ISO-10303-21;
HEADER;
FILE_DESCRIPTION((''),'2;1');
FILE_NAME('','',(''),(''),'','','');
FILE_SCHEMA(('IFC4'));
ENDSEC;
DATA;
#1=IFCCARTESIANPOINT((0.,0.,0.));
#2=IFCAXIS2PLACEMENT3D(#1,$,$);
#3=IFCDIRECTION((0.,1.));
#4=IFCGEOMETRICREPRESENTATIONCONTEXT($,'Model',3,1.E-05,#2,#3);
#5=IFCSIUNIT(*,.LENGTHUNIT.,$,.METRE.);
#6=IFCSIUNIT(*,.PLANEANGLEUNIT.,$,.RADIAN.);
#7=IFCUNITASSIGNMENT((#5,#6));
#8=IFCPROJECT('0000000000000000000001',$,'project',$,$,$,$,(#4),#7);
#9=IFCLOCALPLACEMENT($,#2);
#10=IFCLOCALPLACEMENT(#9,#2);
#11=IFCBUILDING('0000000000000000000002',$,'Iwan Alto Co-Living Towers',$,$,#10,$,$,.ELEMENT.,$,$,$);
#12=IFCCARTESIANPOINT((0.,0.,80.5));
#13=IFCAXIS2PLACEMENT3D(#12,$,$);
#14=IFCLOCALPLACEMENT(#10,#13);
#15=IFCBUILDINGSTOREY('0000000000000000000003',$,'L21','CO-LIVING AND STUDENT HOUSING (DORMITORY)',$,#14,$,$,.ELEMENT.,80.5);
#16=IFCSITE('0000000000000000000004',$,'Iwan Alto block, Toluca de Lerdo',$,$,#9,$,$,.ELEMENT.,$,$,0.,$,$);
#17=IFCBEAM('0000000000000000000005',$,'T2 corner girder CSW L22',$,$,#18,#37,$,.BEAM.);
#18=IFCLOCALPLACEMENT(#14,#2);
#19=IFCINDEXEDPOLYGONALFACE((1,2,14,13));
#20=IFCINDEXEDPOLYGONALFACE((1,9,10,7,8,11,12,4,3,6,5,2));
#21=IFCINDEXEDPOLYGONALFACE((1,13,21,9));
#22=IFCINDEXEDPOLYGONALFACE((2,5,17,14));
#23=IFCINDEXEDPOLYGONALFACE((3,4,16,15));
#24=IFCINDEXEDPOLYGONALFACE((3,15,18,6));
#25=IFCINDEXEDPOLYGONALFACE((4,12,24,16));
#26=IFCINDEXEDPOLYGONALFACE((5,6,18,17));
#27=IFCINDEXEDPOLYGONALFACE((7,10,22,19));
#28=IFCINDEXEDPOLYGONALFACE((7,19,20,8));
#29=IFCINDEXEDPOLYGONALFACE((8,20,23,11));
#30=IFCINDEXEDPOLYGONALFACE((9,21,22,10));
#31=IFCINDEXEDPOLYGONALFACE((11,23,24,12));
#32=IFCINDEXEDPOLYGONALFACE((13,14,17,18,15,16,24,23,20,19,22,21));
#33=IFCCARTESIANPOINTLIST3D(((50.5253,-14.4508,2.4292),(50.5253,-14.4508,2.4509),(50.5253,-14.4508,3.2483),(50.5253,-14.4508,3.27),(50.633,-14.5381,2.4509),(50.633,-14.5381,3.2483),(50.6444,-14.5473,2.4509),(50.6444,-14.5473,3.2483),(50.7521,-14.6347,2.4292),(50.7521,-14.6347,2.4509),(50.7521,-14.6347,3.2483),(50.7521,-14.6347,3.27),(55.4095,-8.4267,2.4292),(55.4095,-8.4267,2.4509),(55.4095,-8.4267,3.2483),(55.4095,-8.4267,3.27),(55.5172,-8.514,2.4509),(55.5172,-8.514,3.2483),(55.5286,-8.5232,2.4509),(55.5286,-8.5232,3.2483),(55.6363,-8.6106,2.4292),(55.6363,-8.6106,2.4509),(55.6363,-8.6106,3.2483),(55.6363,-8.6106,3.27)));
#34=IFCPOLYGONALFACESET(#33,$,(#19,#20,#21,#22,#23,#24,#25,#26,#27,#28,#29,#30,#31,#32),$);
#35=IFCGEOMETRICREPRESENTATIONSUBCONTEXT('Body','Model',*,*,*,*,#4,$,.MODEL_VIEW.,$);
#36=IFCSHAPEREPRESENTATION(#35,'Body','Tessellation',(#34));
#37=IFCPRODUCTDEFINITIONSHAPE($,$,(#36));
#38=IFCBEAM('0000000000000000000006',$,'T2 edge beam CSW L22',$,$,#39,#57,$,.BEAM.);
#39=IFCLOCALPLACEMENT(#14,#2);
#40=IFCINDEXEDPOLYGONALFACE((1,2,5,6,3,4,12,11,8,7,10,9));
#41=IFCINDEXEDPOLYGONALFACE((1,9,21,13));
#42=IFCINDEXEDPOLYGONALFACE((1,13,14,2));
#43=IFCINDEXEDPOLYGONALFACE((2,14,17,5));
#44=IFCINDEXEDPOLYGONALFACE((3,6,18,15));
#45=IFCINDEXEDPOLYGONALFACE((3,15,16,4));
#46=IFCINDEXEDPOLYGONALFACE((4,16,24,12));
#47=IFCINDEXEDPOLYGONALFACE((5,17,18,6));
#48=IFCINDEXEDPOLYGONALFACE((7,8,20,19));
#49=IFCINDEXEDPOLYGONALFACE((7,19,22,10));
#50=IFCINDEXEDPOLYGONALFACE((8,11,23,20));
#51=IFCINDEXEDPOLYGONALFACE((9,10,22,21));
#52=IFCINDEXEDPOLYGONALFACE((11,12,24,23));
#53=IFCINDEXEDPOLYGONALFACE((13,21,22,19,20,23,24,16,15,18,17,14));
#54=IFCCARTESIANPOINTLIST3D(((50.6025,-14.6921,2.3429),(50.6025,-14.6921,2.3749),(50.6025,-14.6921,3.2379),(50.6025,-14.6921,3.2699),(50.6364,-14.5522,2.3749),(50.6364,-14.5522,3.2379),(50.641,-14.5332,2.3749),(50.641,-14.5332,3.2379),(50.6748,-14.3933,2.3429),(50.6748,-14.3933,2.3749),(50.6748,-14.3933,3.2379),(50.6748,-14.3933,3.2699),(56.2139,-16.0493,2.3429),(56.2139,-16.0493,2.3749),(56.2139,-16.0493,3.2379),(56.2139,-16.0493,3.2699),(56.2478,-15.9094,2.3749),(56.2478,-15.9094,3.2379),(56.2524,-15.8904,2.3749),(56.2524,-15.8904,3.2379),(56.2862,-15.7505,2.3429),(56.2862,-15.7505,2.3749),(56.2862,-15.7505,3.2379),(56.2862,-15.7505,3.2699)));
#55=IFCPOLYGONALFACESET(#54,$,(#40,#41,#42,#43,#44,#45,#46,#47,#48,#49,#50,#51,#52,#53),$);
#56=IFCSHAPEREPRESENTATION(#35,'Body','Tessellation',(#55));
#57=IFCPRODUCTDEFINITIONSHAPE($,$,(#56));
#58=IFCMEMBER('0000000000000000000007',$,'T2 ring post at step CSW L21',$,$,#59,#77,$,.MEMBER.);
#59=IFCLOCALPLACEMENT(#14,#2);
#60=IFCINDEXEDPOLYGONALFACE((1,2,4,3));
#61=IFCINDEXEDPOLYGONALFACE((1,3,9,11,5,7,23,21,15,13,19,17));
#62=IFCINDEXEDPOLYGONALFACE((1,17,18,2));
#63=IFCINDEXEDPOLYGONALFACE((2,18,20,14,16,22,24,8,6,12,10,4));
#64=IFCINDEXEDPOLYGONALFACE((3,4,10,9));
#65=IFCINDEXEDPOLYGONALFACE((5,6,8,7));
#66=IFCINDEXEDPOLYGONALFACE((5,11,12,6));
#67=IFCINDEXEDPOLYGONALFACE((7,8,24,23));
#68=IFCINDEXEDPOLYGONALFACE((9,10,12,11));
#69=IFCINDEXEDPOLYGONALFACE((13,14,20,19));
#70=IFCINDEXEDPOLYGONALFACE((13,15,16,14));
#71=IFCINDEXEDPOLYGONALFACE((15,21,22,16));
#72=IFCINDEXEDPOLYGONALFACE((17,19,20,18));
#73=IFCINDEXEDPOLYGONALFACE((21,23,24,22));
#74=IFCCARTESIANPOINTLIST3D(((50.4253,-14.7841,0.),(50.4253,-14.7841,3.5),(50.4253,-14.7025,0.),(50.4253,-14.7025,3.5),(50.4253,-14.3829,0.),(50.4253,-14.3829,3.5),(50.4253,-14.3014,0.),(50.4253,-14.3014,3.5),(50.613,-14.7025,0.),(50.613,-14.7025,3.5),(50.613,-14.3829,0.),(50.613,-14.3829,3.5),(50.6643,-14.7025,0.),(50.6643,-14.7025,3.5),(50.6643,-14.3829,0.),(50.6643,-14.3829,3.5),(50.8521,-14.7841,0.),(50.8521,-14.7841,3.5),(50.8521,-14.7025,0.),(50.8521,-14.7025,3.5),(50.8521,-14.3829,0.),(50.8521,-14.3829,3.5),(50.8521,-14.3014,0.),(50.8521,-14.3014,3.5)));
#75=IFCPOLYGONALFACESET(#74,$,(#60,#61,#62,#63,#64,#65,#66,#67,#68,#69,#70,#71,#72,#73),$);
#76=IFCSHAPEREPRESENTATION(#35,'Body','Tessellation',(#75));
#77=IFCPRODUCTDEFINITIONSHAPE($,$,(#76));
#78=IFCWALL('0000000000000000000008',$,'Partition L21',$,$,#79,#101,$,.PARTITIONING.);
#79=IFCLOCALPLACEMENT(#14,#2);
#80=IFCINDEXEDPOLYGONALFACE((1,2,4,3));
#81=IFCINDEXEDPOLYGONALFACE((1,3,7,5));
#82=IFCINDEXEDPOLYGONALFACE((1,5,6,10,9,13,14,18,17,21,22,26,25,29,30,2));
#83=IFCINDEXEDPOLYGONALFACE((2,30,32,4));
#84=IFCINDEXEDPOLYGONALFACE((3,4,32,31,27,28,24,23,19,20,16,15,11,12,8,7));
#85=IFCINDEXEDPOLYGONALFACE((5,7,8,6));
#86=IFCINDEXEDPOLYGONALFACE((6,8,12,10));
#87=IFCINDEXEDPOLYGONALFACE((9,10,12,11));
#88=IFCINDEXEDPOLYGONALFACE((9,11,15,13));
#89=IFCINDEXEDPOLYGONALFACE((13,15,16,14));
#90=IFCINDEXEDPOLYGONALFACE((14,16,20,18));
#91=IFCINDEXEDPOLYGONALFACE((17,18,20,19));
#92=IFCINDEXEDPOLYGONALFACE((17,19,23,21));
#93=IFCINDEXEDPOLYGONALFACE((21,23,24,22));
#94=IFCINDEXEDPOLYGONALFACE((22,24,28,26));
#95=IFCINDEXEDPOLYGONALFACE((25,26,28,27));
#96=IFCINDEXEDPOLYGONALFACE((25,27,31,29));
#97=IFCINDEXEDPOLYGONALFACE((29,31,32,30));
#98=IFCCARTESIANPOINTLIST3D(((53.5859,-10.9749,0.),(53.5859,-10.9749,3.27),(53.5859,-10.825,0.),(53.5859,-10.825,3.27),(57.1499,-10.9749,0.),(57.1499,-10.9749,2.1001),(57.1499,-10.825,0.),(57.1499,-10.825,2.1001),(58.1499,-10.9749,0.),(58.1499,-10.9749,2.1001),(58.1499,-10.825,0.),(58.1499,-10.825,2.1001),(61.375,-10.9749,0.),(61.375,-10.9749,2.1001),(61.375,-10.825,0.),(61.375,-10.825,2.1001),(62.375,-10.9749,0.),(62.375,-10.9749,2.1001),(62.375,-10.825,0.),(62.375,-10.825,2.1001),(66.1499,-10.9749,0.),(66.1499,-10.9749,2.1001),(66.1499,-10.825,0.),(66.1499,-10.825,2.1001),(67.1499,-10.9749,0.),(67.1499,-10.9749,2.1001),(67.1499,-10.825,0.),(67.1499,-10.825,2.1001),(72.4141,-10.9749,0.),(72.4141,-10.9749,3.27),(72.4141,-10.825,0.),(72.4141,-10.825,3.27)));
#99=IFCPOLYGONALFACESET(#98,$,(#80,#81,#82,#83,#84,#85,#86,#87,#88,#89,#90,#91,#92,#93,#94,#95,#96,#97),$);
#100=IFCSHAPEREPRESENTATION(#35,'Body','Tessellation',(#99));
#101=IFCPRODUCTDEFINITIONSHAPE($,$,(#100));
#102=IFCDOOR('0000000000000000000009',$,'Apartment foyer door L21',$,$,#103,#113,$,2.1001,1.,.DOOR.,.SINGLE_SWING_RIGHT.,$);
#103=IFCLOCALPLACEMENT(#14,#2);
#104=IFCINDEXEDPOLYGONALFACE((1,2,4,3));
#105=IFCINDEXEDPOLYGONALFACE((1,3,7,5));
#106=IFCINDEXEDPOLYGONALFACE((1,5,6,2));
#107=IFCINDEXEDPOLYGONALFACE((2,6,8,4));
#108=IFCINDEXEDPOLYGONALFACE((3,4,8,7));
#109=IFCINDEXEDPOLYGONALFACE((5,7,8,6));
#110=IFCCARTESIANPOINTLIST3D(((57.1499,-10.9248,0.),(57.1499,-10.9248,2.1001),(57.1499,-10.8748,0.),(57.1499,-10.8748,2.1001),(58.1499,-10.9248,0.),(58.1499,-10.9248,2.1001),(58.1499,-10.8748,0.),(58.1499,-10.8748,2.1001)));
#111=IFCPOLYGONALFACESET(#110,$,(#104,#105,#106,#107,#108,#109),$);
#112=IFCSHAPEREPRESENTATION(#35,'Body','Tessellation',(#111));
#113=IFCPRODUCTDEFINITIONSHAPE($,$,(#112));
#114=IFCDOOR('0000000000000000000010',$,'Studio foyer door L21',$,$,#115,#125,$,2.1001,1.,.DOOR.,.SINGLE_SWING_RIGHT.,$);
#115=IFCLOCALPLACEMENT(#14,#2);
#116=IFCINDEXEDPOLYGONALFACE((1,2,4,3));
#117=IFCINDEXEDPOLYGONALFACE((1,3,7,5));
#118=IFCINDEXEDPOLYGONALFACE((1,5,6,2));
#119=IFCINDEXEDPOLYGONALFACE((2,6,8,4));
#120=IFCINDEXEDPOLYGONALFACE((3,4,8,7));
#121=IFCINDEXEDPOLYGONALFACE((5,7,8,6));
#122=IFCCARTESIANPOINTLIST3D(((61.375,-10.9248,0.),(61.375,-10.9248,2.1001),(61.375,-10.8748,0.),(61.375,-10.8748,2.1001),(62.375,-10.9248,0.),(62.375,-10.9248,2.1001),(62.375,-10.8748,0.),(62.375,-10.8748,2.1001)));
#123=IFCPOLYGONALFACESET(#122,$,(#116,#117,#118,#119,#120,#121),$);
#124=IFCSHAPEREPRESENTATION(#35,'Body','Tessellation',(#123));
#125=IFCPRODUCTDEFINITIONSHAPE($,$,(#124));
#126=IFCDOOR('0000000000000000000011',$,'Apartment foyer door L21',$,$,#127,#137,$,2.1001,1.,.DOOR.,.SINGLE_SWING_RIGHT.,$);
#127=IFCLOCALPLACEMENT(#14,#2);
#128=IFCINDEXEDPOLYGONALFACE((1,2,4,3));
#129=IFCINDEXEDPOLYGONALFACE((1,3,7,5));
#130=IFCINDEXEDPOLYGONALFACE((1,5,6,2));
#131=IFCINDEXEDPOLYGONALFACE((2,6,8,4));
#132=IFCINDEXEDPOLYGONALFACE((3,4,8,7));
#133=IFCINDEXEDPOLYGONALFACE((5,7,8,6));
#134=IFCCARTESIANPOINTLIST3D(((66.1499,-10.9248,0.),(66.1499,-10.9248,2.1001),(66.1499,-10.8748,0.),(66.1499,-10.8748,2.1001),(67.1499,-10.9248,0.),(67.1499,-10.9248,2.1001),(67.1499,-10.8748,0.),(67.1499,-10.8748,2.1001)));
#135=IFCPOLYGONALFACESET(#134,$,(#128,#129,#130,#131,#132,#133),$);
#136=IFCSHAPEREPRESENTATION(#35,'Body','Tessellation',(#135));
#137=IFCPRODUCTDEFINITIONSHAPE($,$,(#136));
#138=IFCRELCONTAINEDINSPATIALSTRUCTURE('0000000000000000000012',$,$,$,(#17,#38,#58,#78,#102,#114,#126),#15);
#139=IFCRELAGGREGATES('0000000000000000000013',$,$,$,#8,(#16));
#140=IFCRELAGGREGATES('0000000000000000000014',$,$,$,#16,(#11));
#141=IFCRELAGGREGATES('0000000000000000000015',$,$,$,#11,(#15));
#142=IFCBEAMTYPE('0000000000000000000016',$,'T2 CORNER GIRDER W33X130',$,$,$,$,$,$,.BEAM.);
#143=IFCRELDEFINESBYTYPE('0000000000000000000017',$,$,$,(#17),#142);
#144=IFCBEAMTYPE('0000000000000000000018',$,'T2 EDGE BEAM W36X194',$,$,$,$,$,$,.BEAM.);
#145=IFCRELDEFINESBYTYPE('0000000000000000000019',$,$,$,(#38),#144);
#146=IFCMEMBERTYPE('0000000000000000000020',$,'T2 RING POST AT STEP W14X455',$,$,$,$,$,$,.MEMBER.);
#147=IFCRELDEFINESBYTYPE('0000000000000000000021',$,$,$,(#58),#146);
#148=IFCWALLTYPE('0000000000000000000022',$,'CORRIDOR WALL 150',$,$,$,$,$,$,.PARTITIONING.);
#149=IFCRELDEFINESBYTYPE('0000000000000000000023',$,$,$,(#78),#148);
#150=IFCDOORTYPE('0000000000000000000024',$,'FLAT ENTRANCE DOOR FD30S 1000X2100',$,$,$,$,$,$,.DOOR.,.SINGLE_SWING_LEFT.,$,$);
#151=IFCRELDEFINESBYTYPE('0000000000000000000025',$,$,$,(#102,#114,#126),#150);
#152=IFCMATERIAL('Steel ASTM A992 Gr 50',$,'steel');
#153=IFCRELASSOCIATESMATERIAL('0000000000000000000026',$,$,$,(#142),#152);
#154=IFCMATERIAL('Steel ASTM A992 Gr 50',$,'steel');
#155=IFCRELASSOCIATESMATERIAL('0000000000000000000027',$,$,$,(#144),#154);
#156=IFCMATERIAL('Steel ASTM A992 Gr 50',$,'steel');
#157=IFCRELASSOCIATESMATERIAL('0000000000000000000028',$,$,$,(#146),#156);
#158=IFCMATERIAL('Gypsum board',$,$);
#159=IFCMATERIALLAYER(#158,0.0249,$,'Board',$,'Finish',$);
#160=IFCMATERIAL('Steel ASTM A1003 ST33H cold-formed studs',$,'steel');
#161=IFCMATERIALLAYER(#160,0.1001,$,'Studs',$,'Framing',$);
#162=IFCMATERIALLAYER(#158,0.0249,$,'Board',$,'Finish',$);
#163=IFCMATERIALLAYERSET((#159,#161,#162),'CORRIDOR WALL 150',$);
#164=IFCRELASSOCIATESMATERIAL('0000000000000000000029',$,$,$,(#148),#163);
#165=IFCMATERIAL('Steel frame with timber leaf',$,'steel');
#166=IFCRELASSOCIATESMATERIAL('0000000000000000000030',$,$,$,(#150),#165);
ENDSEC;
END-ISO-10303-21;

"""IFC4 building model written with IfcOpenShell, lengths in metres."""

from ifc_helpers import new_model, si_unit, direction, frame, frame_2d, origin, origin_2d, place, context, subcontext, project, spatial, rectangle, i_section, extrude, material, layer, layer_set, material_profile, profile_set, type_object, element, fill, save


model = new_model("IFC4")

# Units and contexts
model_context = context("Model", 3, precision=1e-05, world=origin(), true_north=direction((0.0, 1.0)))
body_context = subcontext(model_context, "Body", "Model", "MODEL_VIEW")
ifc_project = project(units=[si_unit("LENGTHUNIT", "METRE"), si_unit("PLANEANGLEUNIT", "RADIAN")], contexts=[model_context])

# Site, building, storey
site_placement = place(None, origin())
site = spatial("IfcSite", under=ifc_project, at=site_placement, Name="Iwan Alto block, Toluca de Lerdo", CompositionType="ELEMENT", RefElevation=0.0)
building_placement = place(site_placement, origin())
building = spatial("IfcBuilding", under=site, at=building_placement, Name="Iwan Alto Co-Living Towers", CompositionType="ELEMENT")
storey_placement = place(building_placement, frame((0.0, 0.0, 80.5)))
storey = spatial("IfcBuildingStorey", under=building, at=storey_placement, Name="L21", Description="CO-LIVING AND STUDENT HOUSING (DORMITORY)", CompositionType="ELEMENT", Elevation=80.5)

# Beams
ifc_material_1 = material(Name="Steel ASTM A992 Gr 50", Category="steel")
ifc_material_profile_1 = material_profile(ifc_material_1, i_section(OverallWidth=0.292, OverallDepth=0.8408, WebThickness=0.0146, FlangeThickness=0.0217, at=origin_2d()), Name="W33X130")
ifc_profile_set_1 = profile_set([ifc_material_profile_1], Name="Steel ASTM A992 Gr 50")
beam_type_1 = type_object("IfcBeamType", Name="T2 CORNER GIRDER W33X130", PredefinedType="BEAM", material=ifc_profile_set_1)
beam_1_placement = place(storey_placement, frame((50.6387, -14.5427, 2.8496), z_axis=(0.629788, 0.776767, 0.0), x_axis=(-0.776767, 0.629788, 0.0)))
element("IfcBeam", 1, at=beam_1_placement, inside=storey, type_object=beam_type_1, Name="T2 corner girder CSW L22", PredefinedType="BEAM", context=body_context, shape_type="SweptSolid", body=[
    extrude(i_section(OverallWidth=0.292, OverallDepth=0.8408, WebThickness=0.0146, FlangeThickness=0.0217, at=origin_2d()), origin(), (0.0, 0.0, 1.0), 7.7554),
])
ifc_material_2 = material(Name="Steel ASTM A992 Gr 50", Category="steel")
ifc_material_profile_2 = material_profile(ifc_material_2, i_section(OverallWidth=0.3074, OverallDepth=0.927, WebThickness=0.0195, FlangeThickness=0.032, at=origin_2d()), Name="W36X194")
ifc_profile_set_2 = profile_set([ifc_material_profile_2], Name="Steel ASTM A992 Gr 50")
beam_type_2 = type_object("IfcBeamType", Name="T2 EDGE BEAM W36X194", PredefinedType="BEAM", material=ifc_profile_set_2)
beam_2_placement = place(storey_placement, frame((50.6387, -14.5427, 2.8064), z_axis=(0.971975, -0.235086, 0.0), x_axis=(0.235086, 0.971975, 0.0)))
element("IfcBeam", 2, at=beam_2_placement, inside=storey, type_object=beam_type_2, Name="T2 edge beam CSW L22", PredefinedType="BEAM", context=body_context, shape_type="SweptSolid", body=[
    extrude(i_section(OverallWidth=0.3074, OverallDepth=0.927, WebThickness=0.0195, FlangeThickness=0.032, at=origin_2d()), origin(), (0.0, 0.0, 1.0), 5.7732),
])

# Member
ifc_material_3 = material(Name="Steel ASTM A992 Gr 50", Category="steel")
ifc_material_profile_3 = material_profile(ifc_material_3, i_section(OverallWidth=0.4268, OverallDepth=0.4827, WebThickness=0.0513, FlangeThickness=0.0815, at=origin_2d()), Name="W14X455")
ifc_profile_set_3 = profile_set([ifc_material_profile_3], Name="Steel ASTM A992 Gr 50")
member_type = type_object("IfcMemberType", Name="T2 RING POST AT STEP W14X455", PredefinedType="MEMBER", material=ifc_profile_set_3)
member_placement = place(storey_placement, frame((50.6387, -14.5427, 0.0), z_axis=(0.0, 0.0, 1.0), x_axis=(1.0, 0.0, 0.0)))
element("IfcMember", 3, at=member_placement, inside=storey, type_object=member_type, Name="T2 ring post at step CSW L21", PredefinedType="MEMBER", context=body_context, shape_type="SweptSolid", body=[
    extrude(i_section(OverallWidth=0.4268, OverallDepth=0.4827, WebThickness=0.0513, FlangeThickness=0.0815, at=origin_2d()), origin(), (0.0, 0.0, 1.0), 3.5),
])

# Wall, openings, doors
ifc_material_4 = material(Name="Gypsum board")
ifc_layer_1 = layer(ifc_material_4, 0.0249, Name="Board", Category="Finish")
ifc_material_5 = material(Name="Steel ASTM A1003 ST33H cold-formed studs", Category="steel")
ifc_layer_2 = layer(ifc_material_5, 0.1001, Name="Studs", Category="Framing")
ifc_layer_3 = layer(ifc_material_4, 0.0249, Name="Board", Category="Finish")
ifc_layer_set_1 = layer_set([ifc_layer_1, ifc_layer_2, ifc_layer_3], Name="CORRIDOR WALL 150")
wall_type_1 = type_object("IfcWallType", Name="CORRIDOR WALL 150", PredefinedType="PARTITIONING", material=ifc_layer_set_1)
wall_1_placement = place(storey_placement, frame((53.5859, -10.8999, 0.0), z_axis=(0.0, 0.0, 1.0), x_axis=(1.0, 0.0, 0.0)))
wall_1 = element("IfcWall", 4, at=wall_1_placement, inside=storey, type_object=wall_type_1, Name="Partition L21", PredefinedType="PARTITIONING", context=body_context, shape_type="SweptSolid", body=[
    extrude(rectangle(XDim=18.8281, YDim=0.1499, at=frame_2d((9.4141, 0.0))), origin(), (0.0, 0.0, 1.0), 3.27),
])
opening_1_placement = place(wall_1_placement, frame((3.564, 0.0, 0.0)))
opening_1 = element("IfcOpeningElement", 5, at=opening_1_placement, cuts=wall_1, PredefinedType="OPENING", context=body_context, shape_type="SweptSolid", body=[
    extrude(rectangle(XDim=1.0, YDim=2.1001, at=frame_2d((0.5, 1.05))), frame((0.0, 0.085, 0.0), z_axis=(0.0, -1.0, 0.0), x_axis=(1.0, 0.0, 0.0)), (0.0, 0.0, 1.0), 0.1699),
])
opening_2_placement = place(wall_1_placement, frame((7.7891, 0.0, 0.0)))
opening_2 = element("IfcOpeningElement", 6, at=opening_2_placement, cuts=wall_1, PredefinedType="OPENING", context=body_context, shape_type="SweptSolid", body=[
    extrude(rectangle(XDim=1.0, YDim=2.1001, at=frame_2d((0.5, 1.05))), frame((0.0, 0.085, 0.0), z_axis=(0.0, -1.0, 0.0), x_axis=(1.0, 0.0, 0.0)), (0.0, 0.0, 1.0), 0.1699),
])
opening_3_placement = place(wall_1_placement, frame((12.564, 0.0, 0.0)))
opening_3 = element("IfcOpeningElement", 7, at=opening_3_placement, cuts=wall_1, PredefinedType="OPENING", context=body_context, shape_type="SweptSolid", body=[
    extrude(rectangle(XDim=1.0, YDim=2.1001, at=frame_2d((0.5, 1.05))), frame((0.0, 0.085, 0.0), z_axis=(0.0, -1.0, 0.0), x_axis=(1.0, 0.0, 0.0)), (0.0, 0.0, 1.0), 0.1699),
])
ifc_material_6 = material(Name="Steel frame with timber leaf", Category="steel")
door_type_1 = type_object("IfcDoorType", Name="FLAT ENTRANCE DOOR FD30S 1000X2100", OperationType="SINGLE_SWING_LEFT", PredefinedType="DOOR", material=ifc_material_6)
door_1_placement = place(opening_1_placement, frame((1.0, 0.0, 0.0), z_axis=(0.0, 0.0, 1.0), x_axis=(-1.0, 0.0, 0.0)))
door_1 = element("IfcDoor", 8, at=door_1_placement, inside=storey, type_object=door_type_1, Name="Apartment foyer door L21", OperationType="SINGLE_SWING_RIGHT", OverallHeight=2.1001, OverallWidth=1.0, PredefinedType="DOOR", context=body_context, shape_type="SweptSolid", body=[
    extrude(rectangle(XDim=1.0, YDim=2.1001, at=frame_2d((0.5, 1.05))), frame((0.0, 0.0249, 0.0), z_axis=(0.0, -1.0, 0.0), x_axis=(1.0, 0.0, 0.0)), (0.0, 0.0, 1.0), 0.05),
])
fill(opening_1, door_1)
door_2_placement = place(opening_2_placement, frame((1.0, 0.0, 0.0), z_axis=(0.0, 0.0, 1.0), x_axis=(-1.0, 0.0, 0.0)))
door_2 = element("IfcDoor", 9, at=door_2_placement, inside=storey, type_object=door_type_1, Name="Studio foyer door L21", OperationType="SINGLE_SWING_RIGHT", OverallHeight=2.1001, OverallWidth=1.0, PredefinedType="DOOR", context=body_context, shape_type="SweptSolid", body=[
    extrude(rectangle(XDim=1.0, YDim=2.1001, at=frame_2d((0.5, 1.05))), frame((0.0, 0.0249, 0.0), z_axis=(0.0, -1.0, 0.0), x_axis=(1.0, 0.0, 0.0)), (0.0, 0.0, 1.0), 0.05),
])
fill(opening_2, door_2)
door_3_placement = place(opening_3_placement, frame((1.0, 0.0, 0.0), z_axis=(0.0, 0.0, 1.0), x_axis=(-1.0, 0.0, 0.0)))
door_3 = element("IfcDoor", 10, at=door_3_placement, inside=storey, type_object=door_type_1, Name="Apartment foyer door L21", OperationType="SINGLE_SWING_RIGHT", OverallHeight=2.1001, OverallWidth=1.0, PredefinedType="DOOR", context=body_context, shape_type="SweptSolid", body=[
    extrude(rectangle(XDim=1.0, YDim=2.1001, at=frame_2d((0.5, 1.05))), frame((0.0, 0.0249, 0.0), z_axis=(0.0, -1.0, 0.0), x_axis=(1.0, 0.0, 0.0)), (0.0, 0.0, 1.0), 0.05),
])
fill(opening_3, door_3)

save(model, "model.ifc")
